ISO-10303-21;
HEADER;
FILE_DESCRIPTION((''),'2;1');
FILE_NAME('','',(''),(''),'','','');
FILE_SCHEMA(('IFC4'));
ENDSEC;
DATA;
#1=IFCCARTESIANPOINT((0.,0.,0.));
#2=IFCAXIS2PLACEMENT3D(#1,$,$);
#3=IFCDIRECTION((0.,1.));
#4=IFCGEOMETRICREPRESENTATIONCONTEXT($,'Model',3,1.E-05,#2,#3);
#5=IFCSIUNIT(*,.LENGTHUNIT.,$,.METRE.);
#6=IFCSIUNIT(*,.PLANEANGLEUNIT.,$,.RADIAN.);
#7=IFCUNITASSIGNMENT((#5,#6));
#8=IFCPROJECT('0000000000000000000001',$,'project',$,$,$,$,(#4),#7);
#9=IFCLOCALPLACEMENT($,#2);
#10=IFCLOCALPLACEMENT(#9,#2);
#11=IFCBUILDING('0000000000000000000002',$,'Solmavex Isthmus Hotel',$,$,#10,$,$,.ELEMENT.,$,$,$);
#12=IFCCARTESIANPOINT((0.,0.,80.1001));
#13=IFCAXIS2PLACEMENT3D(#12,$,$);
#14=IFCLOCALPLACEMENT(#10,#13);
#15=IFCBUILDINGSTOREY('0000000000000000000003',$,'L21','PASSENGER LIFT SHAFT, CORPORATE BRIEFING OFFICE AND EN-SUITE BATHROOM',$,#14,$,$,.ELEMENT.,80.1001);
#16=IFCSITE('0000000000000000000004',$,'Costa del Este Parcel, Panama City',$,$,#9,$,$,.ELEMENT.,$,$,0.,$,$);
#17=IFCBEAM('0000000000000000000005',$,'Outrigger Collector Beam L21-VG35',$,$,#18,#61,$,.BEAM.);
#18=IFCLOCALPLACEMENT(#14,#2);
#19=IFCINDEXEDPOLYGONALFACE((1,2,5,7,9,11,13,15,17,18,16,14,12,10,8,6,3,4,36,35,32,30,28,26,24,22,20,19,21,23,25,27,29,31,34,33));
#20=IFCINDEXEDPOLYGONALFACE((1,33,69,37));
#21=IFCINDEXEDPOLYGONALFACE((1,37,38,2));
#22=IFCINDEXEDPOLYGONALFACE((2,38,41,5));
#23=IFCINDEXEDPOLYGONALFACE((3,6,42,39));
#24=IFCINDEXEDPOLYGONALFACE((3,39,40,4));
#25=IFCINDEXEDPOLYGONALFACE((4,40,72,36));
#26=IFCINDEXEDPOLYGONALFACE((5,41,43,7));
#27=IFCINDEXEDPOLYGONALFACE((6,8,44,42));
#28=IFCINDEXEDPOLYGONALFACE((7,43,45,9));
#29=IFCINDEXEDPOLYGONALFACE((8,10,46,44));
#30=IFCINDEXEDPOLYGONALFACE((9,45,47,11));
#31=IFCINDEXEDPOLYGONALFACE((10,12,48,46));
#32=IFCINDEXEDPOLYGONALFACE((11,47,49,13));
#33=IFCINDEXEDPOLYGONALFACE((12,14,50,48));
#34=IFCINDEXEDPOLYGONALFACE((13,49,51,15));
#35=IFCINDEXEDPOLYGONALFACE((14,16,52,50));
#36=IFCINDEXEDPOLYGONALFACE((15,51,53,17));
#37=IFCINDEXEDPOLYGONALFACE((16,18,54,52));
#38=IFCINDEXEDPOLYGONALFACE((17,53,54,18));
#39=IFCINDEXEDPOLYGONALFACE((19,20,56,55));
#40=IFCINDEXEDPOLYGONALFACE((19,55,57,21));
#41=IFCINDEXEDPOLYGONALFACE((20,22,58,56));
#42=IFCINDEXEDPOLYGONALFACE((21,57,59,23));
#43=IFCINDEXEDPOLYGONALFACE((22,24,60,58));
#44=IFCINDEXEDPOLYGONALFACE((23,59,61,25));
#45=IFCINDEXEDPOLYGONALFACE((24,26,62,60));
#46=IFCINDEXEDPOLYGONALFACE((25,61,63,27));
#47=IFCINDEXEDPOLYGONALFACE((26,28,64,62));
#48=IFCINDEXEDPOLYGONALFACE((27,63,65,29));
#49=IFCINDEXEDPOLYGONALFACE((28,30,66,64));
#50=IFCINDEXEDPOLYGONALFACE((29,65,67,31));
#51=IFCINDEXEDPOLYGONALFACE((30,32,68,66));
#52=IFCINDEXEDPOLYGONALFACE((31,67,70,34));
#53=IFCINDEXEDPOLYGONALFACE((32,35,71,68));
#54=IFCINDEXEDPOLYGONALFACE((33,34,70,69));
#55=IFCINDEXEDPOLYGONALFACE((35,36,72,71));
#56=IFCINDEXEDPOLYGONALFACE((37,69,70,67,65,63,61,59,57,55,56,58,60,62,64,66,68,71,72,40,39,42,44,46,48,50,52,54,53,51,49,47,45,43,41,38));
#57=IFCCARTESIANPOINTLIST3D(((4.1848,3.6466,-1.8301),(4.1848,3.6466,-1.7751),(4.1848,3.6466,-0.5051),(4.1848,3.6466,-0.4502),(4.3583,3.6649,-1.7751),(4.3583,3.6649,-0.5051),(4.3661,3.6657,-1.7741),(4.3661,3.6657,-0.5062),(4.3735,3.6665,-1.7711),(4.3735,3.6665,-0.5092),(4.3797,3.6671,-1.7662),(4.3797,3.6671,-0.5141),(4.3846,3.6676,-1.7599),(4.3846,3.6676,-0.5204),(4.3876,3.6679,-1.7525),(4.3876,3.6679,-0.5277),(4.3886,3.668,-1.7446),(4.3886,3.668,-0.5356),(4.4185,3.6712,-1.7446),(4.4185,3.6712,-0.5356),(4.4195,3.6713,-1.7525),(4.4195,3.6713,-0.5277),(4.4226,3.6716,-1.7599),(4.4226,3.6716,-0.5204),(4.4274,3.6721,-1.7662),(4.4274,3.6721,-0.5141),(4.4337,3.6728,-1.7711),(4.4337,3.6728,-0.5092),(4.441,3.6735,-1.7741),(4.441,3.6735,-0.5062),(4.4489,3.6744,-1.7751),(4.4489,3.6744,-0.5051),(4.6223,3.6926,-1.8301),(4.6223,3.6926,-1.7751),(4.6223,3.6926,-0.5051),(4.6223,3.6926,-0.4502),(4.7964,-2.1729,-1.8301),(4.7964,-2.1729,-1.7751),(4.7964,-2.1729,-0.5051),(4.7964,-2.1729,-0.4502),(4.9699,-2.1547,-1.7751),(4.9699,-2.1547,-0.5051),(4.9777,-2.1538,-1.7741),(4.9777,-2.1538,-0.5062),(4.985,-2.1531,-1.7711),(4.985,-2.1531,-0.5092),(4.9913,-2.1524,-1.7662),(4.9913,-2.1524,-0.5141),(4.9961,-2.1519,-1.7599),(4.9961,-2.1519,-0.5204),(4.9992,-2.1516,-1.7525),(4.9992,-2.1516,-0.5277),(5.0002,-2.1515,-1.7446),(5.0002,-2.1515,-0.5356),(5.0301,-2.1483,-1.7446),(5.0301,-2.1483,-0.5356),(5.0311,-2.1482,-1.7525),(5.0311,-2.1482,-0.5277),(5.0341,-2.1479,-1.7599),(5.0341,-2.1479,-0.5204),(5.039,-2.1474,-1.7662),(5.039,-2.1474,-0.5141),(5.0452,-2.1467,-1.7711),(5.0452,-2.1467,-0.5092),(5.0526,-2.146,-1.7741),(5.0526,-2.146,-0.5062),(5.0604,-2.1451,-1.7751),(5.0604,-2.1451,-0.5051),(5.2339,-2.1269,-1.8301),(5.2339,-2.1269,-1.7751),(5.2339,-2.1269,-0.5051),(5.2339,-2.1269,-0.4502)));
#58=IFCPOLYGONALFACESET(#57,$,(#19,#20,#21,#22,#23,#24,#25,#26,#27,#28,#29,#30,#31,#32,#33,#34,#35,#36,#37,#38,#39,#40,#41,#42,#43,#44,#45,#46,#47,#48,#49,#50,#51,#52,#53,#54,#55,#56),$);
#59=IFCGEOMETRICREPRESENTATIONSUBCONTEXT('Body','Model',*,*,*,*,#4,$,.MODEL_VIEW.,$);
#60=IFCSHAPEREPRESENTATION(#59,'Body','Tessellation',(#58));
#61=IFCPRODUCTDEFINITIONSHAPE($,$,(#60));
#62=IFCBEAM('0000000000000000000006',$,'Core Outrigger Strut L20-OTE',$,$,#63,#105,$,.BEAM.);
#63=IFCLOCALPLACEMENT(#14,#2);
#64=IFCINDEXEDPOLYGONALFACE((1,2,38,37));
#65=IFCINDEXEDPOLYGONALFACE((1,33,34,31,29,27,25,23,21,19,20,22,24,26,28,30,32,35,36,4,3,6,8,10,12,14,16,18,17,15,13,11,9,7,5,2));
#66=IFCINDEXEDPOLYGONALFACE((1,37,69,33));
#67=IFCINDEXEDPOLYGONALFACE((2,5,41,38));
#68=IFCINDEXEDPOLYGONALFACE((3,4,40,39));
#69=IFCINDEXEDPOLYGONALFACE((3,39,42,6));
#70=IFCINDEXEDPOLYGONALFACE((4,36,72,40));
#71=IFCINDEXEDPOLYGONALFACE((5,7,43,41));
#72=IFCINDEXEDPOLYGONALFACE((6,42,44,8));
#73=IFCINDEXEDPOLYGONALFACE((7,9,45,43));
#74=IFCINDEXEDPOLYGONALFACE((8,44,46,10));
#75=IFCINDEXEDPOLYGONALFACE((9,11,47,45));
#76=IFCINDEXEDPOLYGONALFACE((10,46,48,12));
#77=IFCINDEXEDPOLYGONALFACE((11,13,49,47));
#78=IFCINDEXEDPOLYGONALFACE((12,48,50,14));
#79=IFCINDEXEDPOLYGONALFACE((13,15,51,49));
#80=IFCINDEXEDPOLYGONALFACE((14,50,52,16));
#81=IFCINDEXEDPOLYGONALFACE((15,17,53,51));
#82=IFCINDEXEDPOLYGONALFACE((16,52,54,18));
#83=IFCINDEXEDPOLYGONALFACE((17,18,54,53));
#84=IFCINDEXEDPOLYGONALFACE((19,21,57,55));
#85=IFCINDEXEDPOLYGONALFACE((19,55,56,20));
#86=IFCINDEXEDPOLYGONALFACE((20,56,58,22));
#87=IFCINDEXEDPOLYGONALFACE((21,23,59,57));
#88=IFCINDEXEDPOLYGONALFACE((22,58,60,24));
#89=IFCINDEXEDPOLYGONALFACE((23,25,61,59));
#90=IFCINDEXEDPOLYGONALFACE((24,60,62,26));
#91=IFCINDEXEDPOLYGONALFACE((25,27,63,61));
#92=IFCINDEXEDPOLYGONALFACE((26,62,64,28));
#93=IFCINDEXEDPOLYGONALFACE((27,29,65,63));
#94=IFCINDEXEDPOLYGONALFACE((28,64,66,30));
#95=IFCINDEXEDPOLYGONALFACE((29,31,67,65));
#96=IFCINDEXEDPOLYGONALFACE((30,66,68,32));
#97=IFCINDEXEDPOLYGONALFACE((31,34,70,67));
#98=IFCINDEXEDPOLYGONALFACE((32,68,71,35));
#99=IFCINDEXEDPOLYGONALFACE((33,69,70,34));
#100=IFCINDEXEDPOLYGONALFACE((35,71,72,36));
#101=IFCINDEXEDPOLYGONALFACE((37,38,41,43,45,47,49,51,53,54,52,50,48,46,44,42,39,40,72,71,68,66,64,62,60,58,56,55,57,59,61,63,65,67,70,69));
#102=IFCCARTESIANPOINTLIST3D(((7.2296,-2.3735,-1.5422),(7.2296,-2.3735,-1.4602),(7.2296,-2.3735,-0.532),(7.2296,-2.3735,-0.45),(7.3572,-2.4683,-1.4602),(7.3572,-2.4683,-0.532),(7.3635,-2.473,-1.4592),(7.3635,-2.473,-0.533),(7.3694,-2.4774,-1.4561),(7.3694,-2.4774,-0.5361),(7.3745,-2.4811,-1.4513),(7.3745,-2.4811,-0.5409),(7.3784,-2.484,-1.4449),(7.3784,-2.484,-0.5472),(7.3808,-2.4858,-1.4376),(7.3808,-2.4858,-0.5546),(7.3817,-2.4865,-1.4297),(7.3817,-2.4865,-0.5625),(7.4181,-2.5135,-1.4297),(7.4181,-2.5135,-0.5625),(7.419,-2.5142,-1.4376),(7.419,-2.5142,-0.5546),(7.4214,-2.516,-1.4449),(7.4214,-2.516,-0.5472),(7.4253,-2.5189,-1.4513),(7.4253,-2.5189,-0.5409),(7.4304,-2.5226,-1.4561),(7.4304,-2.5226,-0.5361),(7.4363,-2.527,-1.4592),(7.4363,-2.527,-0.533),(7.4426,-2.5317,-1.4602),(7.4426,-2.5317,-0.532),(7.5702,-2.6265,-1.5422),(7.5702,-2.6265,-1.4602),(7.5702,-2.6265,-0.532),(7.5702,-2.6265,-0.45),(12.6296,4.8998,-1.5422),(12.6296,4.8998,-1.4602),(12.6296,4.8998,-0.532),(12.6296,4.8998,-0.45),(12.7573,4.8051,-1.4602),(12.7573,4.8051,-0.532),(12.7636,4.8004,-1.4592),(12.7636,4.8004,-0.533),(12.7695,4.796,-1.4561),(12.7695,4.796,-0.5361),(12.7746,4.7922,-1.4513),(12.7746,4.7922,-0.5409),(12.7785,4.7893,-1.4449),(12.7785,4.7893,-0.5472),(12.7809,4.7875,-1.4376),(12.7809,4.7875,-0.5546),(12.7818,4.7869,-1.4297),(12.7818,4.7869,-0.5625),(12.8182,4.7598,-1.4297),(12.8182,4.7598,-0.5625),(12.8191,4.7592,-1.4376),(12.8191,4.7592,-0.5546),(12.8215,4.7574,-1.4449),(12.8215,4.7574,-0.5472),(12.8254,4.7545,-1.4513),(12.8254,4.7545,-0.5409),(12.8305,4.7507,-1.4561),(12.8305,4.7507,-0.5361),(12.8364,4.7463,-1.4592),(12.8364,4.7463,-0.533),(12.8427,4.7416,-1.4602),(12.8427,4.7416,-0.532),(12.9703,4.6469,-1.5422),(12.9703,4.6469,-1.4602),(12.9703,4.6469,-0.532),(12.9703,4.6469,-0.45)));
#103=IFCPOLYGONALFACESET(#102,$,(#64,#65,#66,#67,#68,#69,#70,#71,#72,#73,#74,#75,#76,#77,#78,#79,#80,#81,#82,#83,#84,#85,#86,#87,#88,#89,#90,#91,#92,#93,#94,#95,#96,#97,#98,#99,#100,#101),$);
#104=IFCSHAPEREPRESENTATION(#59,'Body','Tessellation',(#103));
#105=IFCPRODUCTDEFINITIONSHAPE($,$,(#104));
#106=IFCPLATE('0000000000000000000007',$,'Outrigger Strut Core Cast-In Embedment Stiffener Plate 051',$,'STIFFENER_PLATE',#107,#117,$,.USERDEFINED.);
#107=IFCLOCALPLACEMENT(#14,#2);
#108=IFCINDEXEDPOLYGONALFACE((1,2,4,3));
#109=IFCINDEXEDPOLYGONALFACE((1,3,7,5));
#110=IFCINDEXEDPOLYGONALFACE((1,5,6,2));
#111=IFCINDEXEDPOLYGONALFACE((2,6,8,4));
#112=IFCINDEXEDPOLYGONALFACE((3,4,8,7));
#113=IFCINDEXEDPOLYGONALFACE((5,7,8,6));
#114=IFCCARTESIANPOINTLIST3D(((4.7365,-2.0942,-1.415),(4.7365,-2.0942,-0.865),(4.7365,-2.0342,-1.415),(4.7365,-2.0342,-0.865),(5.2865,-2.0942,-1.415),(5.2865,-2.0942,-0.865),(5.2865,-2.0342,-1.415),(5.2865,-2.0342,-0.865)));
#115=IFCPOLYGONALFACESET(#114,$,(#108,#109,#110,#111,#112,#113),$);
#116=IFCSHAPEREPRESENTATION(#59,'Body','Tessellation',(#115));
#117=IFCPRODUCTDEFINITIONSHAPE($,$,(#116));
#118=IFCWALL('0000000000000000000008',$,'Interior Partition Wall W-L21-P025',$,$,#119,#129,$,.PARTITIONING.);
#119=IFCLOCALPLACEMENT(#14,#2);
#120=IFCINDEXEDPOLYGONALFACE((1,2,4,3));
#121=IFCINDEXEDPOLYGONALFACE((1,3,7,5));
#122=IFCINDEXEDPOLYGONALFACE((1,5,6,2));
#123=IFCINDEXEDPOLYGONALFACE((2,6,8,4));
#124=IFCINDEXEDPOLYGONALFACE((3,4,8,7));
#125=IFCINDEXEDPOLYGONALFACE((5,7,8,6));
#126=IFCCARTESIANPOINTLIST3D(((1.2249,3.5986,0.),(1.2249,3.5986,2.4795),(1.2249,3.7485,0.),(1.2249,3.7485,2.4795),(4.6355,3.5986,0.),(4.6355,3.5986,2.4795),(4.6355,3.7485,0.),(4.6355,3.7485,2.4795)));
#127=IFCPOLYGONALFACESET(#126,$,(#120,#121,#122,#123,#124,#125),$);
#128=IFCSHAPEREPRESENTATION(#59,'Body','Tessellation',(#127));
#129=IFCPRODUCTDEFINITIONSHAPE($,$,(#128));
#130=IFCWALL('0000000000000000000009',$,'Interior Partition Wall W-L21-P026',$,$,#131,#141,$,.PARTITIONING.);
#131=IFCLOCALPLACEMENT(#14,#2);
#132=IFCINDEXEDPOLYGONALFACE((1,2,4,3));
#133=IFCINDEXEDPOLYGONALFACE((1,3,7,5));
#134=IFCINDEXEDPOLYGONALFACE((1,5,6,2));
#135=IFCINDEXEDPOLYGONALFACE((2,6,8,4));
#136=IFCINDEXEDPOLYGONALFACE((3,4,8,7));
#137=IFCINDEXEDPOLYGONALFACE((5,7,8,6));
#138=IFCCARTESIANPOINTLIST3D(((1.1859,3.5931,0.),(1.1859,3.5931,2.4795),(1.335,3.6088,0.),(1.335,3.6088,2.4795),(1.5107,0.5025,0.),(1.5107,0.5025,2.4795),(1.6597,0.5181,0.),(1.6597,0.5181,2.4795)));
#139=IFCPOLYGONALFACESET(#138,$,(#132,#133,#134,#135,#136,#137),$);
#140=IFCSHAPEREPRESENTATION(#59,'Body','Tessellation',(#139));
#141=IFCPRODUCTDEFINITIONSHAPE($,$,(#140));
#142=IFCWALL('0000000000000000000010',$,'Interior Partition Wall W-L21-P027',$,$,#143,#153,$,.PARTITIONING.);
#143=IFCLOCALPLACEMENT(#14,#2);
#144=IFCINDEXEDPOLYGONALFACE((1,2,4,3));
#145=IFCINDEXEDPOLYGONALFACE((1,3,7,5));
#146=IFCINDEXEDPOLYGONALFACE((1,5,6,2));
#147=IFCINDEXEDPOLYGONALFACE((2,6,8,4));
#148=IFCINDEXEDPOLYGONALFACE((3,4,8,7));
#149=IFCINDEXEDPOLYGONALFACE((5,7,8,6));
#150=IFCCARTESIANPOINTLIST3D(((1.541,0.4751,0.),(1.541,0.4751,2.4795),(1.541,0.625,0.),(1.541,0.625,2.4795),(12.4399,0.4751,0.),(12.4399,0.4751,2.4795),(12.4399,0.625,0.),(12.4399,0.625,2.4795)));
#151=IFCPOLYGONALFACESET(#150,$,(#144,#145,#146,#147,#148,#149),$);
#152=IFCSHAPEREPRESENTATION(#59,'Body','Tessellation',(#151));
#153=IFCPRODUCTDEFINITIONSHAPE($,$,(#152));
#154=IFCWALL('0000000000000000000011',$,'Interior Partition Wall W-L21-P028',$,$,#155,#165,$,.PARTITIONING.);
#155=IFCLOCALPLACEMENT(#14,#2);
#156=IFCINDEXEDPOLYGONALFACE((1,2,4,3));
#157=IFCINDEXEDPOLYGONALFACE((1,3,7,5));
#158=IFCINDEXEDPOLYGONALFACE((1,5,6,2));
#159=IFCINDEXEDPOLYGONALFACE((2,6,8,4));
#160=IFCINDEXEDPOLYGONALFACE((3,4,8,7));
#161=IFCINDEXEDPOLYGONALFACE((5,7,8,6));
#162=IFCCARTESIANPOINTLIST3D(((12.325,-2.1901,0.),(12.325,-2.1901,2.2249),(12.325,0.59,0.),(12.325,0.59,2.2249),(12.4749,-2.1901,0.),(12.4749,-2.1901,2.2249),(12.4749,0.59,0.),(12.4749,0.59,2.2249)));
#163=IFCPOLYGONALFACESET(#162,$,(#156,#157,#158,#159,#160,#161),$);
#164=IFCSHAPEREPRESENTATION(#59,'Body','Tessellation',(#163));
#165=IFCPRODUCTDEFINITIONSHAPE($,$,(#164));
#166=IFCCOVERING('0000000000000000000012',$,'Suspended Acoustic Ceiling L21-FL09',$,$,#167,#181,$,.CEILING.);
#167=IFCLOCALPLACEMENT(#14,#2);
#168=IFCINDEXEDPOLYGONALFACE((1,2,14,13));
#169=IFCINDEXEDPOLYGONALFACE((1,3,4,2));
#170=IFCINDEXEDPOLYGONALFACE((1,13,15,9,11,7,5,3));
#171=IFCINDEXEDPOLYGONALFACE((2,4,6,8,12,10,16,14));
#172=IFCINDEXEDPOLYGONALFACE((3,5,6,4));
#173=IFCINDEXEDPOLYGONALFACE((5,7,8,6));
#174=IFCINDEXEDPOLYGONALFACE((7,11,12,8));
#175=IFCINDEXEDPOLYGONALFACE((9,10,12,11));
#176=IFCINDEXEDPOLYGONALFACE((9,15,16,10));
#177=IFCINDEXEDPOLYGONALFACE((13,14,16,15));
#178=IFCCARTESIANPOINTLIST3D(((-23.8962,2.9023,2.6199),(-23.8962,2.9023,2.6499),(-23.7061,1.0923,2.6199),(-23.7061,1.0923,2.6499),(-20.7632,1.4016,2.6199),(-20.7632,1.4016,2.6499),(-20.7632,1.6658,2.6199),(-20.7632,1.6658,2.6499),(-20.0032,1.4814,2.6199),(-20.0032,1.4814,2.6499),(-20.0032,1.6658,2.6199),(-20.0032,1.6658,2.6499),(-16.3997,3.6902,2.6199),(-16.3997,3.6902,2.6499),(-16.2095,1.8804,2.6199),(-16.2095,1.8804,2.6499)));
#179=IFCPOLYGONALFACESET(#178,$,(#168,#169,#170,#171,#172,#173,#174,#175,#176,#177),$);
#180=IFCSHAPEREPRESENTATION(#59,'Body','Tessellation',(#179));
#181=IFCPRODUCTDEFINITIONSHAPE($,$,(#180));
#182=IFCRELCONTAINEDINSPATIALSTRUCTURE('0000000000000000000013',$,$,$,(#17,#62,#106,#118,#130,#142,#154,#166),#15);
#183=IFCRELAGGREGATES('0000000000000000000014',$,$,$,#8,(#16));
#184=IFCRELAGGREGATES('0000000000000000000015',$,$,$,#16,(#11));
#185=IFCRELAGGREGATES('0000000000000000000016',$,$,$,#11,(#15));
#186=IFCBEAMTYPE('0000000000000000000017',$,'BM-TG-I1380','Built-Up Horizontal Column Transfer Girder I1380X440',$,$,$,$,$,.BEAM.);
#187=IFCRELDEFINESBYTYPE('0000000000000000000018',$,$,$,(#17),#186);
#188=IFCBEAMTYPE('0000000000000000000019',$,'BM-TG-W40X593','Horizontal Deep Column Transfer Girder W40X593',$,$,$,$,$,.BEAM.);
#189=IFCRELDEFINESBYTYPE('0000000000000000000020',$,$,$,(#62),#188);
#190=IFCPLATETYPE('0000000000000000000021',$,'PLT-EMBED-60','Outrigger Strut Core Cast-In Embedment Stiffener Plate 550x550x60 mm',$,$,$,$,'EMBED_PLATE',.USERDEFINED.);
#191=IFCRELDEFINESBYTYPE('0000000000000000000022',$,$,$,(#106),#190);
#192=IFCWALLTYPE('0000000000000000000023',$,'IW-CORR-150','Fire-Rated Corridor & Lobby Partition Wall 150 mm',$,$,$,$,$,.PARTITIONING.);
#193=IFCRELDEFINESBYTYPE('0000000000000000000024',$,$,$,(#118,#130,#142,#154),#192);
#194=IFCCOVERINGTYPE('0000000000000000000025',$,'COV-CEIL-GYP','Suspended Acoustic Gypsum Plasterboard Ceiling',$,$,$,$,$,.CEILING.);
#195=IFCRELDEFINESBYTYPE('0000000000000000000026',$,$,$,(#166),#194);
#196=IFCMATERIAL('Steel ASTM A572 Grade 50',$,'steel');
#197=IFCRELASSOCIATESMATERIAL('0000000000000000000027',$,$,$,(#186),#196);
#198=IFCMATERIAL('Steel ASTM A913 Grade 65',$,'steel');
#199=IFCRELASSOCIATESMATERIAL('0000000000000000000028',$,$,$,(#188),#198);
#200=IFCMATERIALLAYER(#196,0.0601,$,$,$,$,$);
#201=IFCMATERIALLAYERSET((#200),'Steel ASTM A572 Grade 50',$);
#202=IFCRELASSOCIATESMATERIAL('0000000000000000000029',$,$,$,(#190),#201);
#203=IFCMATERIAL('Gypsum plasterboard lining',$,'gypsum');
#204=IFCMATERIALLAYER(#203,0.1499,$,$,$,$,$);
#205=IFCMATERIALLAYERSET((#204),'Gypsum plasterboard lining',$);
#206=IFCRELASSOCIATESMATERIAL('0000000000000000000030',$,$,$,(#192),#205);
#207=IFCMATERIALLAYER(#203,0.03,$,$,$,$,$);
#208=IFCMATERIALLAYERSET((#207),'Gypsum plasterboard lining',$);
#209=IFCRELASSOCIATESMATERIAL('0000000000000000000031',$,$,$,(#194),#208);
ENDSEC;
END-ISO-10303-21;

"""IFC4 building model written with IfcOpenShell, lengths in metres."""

from ifc_helpers import new_model, si_unit, direction, frame, frame_2d, origin, origin_2d, place, context, subcontext, project, spatial, polyline, rectangle, i_section, outline, extrude, material, layer, layer_set, material_profile, profile_set, type_object, element, save


model = new_model("IFC4")

# Units and contexts
model_context = context("Model", 3, precision=1e-05, world=origin(), true_north=direction((0.0, 1.0)))
body_context = subcontext(model_context, "Body", "Model", "MODEL_VIEW")
ifc_project = project(units=[si_unit("LENGTHUNIT", "METRE"), si_unit("PLANEANGLEUNIT", "RADIAN")], contexts=[model_context])

# Site, building, storey
site_placement = place(None, origin())
site = spatial("IfcSite", under=ifc_project, at=site_placement, Name="Costa del Este Parcel, Panama City", CompositionType="ELEMENT", RefElevation=0.0)
building_placement = place(site_placement, origin())
building = spatial("IfcBuilding", under=site, at=building_placement, Name="Solmavex Isthmus Hotel", CompositionType="ELEMENT")
storey_placement = place(building_placement, frame((0.0, 0.0, 80.1001)))
storey = spatial("IfcBuildingStorey", under=building, at=storey_placement, Name="L21", Description="PASSENGER LIFT SHAFT, CORPORATE BRIEFING OFFICE AND EN-SUITE BATHROOM", CompositionType="ELEMENT", Elevation=80.1001)

# Beams
ifc_material_1 = material(Name="Steel ASTM A913 Grade 65", Category="steel")
ifc_material_2 = material(Name="Steel ASTM A572 Grade 50", Category="steel")
ifc_material_profile_1 = material_profile(ifc_material_2, i_section(OverallWidth=0.4399, OverallDepth=1.3799, WebThickness=0.03, FlangeThickness=0.0549, FilletRadius=0.0305, at=origin_2d()), Name="I1380X440")
ifc_profile_set_1 = profile_set([ifc_material_profile_1], Name="Steel ASTM A572 Grade 50")
beam_type_1 = type_object("IfcBeamType", Name="BM-TG-I1380", Description="Built-Up Horizontal Column Transfer Girder I1380X440", PredefinedType="BEAM", material=ifc_profile_set_1)
beam_1_placement = place(storey_placement, frame((5.0151, -2.1499, -1.1401), z_axis=(-0.104513, 0.994523, 0.0), x_axis=(-0.994523, -0.104513, 0.0)))
element("IfcBeam", 1, at=beam_1_placement, inside=storey, type_object=beam_type_1, Name="Outrigger Collector Beam L21-VG35", PredefinedType="BEAM", context=body_context, shape_type="SweptSolid", body=[
    extrude(i_section(OverallWidth=0.4399, OverallDepth=1.3799, WebThickness=0.03, FlangeThickness=0.0549, FilletRadius=0.0305, at=origin_2d()), origin(), (0.0, 0.0, 1.0), 5.8516),
])
ifc_material_profile_2 = material_profile(ifc_material_1, i_section(OverallWidth=0.4243, OverallDepth=1.0923, WebThickness=0.0454, FlangeThickness=0.082, FilletRadius=0.0305, at=origin_2d()), Name="W40X593")
ifc_profile_set_2 = profile_set([ifc_material_profile_2], Name="Steel ASTM A913 Grade 65")
beam_type_2 = type_object("IfcBeamType", Name="BM-TG-W40X593", Description="Horizontal Deep Column Transfer Girder W40X593", PredefinedType="BEAM", material=ifc_profile_set_2)
beam_2_placement = place(storey_placement, frame((7.3999, -2.5, -0.9961), z_axis=(0.596112, 0.802901, 0.0), x_axis=(-0.802901, 0.596112, 0.0)))
element("IfcBeam", 2, at=beam_2_placement, inside=storey, type_object=beam_type_2, Name="Core Outrigger Strut L20-OTE", PredefinedType="BEAM", context=body_context, shape_type="SweptSolid", body=[
    extrude(i_section(OverallWidth=0.4243, OverallDepth=1.0923, WebThickness=0.0454, FlangeThickness=0.082, FilletRadius=0.0305, at=origin_2d()), origin(), (0.0, 0.0, 1.0), 9.0588),
])

# Plate
ifc_layer_1 = layer(ifc_material_2, 0.0601)
ifc_layer_set_1 = layer_set([ifc_layer_1], Name="Steel ASTM A572 Grade 50")
plate_type = type_object("IfcPlateType", Name="PLT-EMBED-60", Description="Outrigger Strut Core Cast-In Embedment Stiffener Plate 550x550x60 mm", ElementType="EMBED_PLATE", PredefinedType="USERDEFINED", material=ifc_layer_set_1)
plate_placement = place(storey_placement, frame((5.0115, -2.0642, -1.415), z_axis=(0.0, 0.0, 1.0), x_axis=(1.0, 0.0, 0.0)))
element("IfcPlate", 3, at=plate_placement, inside=storey, type_object=plate_type, Name="Outrigger Strut Core Cast-In Embedment Stiffener Plate 051", ObjectType="STIFFENER_PLATE", PredefinedType="USERDEFINED", context=body_context, shape_type="SweptSolid", body=[
    extrude(rectangle(XDim=0.55, YDim=0.0601, at=origin_2d()), origin(), (0.0, 0.0, 1.0), 0.55),
])

# Walls
ifc_material_3 = material(Name="Gypsum plasterboard lining", Category="gypsum")
ifc_layer_2 = layer(ifc_material_3, 0.1499)
ifc_layer_set_2 = layer_set([ifc_layer_2], Name="Gypsum plasterboard lining")
wall_type = type_object("IfcWallType", Name="IW-CORR-150", Description="Fire-Rated Corridor & Lobby Partition Wall 150 mm", PredefinedType="PARTITIONING", material=ifc_layer_set_2)
wall_1_placement = place(storey_placement, frame((4.6355, 3.6736, 0.0), z_axis=(0.0, 0.0, 1.0), x_axis=(-1.0, 0.0, 0.0)))
element("IfcWall", 4, at=wall_1_placement, inside=storey, type_object=wall_type, Name="Interior Partition Wall W-L21-P025", PredefinedType="PARTITIONING", context=body_context, shape_type="SweptSolid", body=[
    extrude(rectangle(XDim=3.4106, YDim=0.1499, at=frame_2d((1.7053, 0.0))), origin(), (0.0, 0.0, 1.0), 2.4795),
])
wall_2_placement = place(storey_placement, frame((1.2605, 3.6008, 0.0), z_axis=(0.0, 0.0, 1.0), x_axis=(0.104488, -0.994526, 0.0)))
element("IfcWall", 5, at=wall_2_placement, inside=storey, type_object=wall_type, Name="Interior Partition Wall W-L21-P026", PredefinedType="PARTITIONING", context=body_context, shape_type="SweptSolid", body=[
    extrude(rectangle(XDim=3.1077, YDim=0.1499, at=frame_2d((1.5537, 0.0))), origin(), (0.0, 0.0, 1.0), 2.4795),
])
wall_3_placement = place(storey_placement, frame((1.541, 0.55, 0.0), z_axis=(0.0, 0.0, 1.0), x_axis=(1.0, 0.0, 0.0)))
element("IfcWall", 6, at=wall_3_placement, inside=storey, type_object=wall_type, Name="Interior Partition Wall W-L21-P027", PredefinedType="PARTITIONING", context=body_context, shape_type="SweptSolid", body=[
    extrude(rectangle(XDim=10.8989, YDim=0.1499, at=frame_2d((5.4495, 0.0))), origin(), (0.0, 0.0, 1.0), 2.4795),
])
wall_4_placement = place(storey_placement, frame((12.3999, 0.5901, 0.0), z_axis=(0.0, 0.0, 1.0), x_axis=(0.0, -1.0, 0.0)))
element("IfcWall", 7, at=wall_4_placement, inside=storey, type_object=wall_type, Name="Interior Partition Wall W-L21-P028", PredefinedType="PARTITIONING", context=body_context, shape_type="SweptSolid", body=[
    extrude(rectangle(XDim=2.78, YDim=0.1499, at=frame_2d((1.3901, 0.0))), origin(), (0.0, 0.0, 1.0), 2.2249),
])

# Covering
ifc_layer_3 = layer(ifc_material_3, 0.03)
ifc_layer_set_3 = layer_set([ifc_layer_3], Name="Gypsum plasterboard lining")
covering_type_1 = type_object("IfcCoveringType", Name="COV-CEIL-GYP", Description="Suspended Acoustic Gypsum Plasterboard Ceiling", PredefinedType="CEILING", material=ifc_layer_set_3)
covering_1_placement = place(storey_placement, frame((0.0, 0.0, 2.6199)))
element("IfcCovering", 8, at=covering_1_placement, inside=storey, type_object=covering_type_1, Name="Suspended Acoustic Ceiling L21-FL09", PredefinedType="CEILING", context=body_context, shape_type="SweptSolid", body=[
    extrude(outline(polyline([(-16.2095, 1.8804), (-16.3997, 3.6902), (-23.8962, 2.9023), (-23.7061, 1.0923), (-20.7632, 1.4016), (-20.7632, 1.6658), (-20.0032, 1.6658), (-20.0032, 1.4814), (-16.2095, 1.8804)])), origin(), (0.0, 0.0, 1.0), 0.03),
])

save(model, "model.ifc")
